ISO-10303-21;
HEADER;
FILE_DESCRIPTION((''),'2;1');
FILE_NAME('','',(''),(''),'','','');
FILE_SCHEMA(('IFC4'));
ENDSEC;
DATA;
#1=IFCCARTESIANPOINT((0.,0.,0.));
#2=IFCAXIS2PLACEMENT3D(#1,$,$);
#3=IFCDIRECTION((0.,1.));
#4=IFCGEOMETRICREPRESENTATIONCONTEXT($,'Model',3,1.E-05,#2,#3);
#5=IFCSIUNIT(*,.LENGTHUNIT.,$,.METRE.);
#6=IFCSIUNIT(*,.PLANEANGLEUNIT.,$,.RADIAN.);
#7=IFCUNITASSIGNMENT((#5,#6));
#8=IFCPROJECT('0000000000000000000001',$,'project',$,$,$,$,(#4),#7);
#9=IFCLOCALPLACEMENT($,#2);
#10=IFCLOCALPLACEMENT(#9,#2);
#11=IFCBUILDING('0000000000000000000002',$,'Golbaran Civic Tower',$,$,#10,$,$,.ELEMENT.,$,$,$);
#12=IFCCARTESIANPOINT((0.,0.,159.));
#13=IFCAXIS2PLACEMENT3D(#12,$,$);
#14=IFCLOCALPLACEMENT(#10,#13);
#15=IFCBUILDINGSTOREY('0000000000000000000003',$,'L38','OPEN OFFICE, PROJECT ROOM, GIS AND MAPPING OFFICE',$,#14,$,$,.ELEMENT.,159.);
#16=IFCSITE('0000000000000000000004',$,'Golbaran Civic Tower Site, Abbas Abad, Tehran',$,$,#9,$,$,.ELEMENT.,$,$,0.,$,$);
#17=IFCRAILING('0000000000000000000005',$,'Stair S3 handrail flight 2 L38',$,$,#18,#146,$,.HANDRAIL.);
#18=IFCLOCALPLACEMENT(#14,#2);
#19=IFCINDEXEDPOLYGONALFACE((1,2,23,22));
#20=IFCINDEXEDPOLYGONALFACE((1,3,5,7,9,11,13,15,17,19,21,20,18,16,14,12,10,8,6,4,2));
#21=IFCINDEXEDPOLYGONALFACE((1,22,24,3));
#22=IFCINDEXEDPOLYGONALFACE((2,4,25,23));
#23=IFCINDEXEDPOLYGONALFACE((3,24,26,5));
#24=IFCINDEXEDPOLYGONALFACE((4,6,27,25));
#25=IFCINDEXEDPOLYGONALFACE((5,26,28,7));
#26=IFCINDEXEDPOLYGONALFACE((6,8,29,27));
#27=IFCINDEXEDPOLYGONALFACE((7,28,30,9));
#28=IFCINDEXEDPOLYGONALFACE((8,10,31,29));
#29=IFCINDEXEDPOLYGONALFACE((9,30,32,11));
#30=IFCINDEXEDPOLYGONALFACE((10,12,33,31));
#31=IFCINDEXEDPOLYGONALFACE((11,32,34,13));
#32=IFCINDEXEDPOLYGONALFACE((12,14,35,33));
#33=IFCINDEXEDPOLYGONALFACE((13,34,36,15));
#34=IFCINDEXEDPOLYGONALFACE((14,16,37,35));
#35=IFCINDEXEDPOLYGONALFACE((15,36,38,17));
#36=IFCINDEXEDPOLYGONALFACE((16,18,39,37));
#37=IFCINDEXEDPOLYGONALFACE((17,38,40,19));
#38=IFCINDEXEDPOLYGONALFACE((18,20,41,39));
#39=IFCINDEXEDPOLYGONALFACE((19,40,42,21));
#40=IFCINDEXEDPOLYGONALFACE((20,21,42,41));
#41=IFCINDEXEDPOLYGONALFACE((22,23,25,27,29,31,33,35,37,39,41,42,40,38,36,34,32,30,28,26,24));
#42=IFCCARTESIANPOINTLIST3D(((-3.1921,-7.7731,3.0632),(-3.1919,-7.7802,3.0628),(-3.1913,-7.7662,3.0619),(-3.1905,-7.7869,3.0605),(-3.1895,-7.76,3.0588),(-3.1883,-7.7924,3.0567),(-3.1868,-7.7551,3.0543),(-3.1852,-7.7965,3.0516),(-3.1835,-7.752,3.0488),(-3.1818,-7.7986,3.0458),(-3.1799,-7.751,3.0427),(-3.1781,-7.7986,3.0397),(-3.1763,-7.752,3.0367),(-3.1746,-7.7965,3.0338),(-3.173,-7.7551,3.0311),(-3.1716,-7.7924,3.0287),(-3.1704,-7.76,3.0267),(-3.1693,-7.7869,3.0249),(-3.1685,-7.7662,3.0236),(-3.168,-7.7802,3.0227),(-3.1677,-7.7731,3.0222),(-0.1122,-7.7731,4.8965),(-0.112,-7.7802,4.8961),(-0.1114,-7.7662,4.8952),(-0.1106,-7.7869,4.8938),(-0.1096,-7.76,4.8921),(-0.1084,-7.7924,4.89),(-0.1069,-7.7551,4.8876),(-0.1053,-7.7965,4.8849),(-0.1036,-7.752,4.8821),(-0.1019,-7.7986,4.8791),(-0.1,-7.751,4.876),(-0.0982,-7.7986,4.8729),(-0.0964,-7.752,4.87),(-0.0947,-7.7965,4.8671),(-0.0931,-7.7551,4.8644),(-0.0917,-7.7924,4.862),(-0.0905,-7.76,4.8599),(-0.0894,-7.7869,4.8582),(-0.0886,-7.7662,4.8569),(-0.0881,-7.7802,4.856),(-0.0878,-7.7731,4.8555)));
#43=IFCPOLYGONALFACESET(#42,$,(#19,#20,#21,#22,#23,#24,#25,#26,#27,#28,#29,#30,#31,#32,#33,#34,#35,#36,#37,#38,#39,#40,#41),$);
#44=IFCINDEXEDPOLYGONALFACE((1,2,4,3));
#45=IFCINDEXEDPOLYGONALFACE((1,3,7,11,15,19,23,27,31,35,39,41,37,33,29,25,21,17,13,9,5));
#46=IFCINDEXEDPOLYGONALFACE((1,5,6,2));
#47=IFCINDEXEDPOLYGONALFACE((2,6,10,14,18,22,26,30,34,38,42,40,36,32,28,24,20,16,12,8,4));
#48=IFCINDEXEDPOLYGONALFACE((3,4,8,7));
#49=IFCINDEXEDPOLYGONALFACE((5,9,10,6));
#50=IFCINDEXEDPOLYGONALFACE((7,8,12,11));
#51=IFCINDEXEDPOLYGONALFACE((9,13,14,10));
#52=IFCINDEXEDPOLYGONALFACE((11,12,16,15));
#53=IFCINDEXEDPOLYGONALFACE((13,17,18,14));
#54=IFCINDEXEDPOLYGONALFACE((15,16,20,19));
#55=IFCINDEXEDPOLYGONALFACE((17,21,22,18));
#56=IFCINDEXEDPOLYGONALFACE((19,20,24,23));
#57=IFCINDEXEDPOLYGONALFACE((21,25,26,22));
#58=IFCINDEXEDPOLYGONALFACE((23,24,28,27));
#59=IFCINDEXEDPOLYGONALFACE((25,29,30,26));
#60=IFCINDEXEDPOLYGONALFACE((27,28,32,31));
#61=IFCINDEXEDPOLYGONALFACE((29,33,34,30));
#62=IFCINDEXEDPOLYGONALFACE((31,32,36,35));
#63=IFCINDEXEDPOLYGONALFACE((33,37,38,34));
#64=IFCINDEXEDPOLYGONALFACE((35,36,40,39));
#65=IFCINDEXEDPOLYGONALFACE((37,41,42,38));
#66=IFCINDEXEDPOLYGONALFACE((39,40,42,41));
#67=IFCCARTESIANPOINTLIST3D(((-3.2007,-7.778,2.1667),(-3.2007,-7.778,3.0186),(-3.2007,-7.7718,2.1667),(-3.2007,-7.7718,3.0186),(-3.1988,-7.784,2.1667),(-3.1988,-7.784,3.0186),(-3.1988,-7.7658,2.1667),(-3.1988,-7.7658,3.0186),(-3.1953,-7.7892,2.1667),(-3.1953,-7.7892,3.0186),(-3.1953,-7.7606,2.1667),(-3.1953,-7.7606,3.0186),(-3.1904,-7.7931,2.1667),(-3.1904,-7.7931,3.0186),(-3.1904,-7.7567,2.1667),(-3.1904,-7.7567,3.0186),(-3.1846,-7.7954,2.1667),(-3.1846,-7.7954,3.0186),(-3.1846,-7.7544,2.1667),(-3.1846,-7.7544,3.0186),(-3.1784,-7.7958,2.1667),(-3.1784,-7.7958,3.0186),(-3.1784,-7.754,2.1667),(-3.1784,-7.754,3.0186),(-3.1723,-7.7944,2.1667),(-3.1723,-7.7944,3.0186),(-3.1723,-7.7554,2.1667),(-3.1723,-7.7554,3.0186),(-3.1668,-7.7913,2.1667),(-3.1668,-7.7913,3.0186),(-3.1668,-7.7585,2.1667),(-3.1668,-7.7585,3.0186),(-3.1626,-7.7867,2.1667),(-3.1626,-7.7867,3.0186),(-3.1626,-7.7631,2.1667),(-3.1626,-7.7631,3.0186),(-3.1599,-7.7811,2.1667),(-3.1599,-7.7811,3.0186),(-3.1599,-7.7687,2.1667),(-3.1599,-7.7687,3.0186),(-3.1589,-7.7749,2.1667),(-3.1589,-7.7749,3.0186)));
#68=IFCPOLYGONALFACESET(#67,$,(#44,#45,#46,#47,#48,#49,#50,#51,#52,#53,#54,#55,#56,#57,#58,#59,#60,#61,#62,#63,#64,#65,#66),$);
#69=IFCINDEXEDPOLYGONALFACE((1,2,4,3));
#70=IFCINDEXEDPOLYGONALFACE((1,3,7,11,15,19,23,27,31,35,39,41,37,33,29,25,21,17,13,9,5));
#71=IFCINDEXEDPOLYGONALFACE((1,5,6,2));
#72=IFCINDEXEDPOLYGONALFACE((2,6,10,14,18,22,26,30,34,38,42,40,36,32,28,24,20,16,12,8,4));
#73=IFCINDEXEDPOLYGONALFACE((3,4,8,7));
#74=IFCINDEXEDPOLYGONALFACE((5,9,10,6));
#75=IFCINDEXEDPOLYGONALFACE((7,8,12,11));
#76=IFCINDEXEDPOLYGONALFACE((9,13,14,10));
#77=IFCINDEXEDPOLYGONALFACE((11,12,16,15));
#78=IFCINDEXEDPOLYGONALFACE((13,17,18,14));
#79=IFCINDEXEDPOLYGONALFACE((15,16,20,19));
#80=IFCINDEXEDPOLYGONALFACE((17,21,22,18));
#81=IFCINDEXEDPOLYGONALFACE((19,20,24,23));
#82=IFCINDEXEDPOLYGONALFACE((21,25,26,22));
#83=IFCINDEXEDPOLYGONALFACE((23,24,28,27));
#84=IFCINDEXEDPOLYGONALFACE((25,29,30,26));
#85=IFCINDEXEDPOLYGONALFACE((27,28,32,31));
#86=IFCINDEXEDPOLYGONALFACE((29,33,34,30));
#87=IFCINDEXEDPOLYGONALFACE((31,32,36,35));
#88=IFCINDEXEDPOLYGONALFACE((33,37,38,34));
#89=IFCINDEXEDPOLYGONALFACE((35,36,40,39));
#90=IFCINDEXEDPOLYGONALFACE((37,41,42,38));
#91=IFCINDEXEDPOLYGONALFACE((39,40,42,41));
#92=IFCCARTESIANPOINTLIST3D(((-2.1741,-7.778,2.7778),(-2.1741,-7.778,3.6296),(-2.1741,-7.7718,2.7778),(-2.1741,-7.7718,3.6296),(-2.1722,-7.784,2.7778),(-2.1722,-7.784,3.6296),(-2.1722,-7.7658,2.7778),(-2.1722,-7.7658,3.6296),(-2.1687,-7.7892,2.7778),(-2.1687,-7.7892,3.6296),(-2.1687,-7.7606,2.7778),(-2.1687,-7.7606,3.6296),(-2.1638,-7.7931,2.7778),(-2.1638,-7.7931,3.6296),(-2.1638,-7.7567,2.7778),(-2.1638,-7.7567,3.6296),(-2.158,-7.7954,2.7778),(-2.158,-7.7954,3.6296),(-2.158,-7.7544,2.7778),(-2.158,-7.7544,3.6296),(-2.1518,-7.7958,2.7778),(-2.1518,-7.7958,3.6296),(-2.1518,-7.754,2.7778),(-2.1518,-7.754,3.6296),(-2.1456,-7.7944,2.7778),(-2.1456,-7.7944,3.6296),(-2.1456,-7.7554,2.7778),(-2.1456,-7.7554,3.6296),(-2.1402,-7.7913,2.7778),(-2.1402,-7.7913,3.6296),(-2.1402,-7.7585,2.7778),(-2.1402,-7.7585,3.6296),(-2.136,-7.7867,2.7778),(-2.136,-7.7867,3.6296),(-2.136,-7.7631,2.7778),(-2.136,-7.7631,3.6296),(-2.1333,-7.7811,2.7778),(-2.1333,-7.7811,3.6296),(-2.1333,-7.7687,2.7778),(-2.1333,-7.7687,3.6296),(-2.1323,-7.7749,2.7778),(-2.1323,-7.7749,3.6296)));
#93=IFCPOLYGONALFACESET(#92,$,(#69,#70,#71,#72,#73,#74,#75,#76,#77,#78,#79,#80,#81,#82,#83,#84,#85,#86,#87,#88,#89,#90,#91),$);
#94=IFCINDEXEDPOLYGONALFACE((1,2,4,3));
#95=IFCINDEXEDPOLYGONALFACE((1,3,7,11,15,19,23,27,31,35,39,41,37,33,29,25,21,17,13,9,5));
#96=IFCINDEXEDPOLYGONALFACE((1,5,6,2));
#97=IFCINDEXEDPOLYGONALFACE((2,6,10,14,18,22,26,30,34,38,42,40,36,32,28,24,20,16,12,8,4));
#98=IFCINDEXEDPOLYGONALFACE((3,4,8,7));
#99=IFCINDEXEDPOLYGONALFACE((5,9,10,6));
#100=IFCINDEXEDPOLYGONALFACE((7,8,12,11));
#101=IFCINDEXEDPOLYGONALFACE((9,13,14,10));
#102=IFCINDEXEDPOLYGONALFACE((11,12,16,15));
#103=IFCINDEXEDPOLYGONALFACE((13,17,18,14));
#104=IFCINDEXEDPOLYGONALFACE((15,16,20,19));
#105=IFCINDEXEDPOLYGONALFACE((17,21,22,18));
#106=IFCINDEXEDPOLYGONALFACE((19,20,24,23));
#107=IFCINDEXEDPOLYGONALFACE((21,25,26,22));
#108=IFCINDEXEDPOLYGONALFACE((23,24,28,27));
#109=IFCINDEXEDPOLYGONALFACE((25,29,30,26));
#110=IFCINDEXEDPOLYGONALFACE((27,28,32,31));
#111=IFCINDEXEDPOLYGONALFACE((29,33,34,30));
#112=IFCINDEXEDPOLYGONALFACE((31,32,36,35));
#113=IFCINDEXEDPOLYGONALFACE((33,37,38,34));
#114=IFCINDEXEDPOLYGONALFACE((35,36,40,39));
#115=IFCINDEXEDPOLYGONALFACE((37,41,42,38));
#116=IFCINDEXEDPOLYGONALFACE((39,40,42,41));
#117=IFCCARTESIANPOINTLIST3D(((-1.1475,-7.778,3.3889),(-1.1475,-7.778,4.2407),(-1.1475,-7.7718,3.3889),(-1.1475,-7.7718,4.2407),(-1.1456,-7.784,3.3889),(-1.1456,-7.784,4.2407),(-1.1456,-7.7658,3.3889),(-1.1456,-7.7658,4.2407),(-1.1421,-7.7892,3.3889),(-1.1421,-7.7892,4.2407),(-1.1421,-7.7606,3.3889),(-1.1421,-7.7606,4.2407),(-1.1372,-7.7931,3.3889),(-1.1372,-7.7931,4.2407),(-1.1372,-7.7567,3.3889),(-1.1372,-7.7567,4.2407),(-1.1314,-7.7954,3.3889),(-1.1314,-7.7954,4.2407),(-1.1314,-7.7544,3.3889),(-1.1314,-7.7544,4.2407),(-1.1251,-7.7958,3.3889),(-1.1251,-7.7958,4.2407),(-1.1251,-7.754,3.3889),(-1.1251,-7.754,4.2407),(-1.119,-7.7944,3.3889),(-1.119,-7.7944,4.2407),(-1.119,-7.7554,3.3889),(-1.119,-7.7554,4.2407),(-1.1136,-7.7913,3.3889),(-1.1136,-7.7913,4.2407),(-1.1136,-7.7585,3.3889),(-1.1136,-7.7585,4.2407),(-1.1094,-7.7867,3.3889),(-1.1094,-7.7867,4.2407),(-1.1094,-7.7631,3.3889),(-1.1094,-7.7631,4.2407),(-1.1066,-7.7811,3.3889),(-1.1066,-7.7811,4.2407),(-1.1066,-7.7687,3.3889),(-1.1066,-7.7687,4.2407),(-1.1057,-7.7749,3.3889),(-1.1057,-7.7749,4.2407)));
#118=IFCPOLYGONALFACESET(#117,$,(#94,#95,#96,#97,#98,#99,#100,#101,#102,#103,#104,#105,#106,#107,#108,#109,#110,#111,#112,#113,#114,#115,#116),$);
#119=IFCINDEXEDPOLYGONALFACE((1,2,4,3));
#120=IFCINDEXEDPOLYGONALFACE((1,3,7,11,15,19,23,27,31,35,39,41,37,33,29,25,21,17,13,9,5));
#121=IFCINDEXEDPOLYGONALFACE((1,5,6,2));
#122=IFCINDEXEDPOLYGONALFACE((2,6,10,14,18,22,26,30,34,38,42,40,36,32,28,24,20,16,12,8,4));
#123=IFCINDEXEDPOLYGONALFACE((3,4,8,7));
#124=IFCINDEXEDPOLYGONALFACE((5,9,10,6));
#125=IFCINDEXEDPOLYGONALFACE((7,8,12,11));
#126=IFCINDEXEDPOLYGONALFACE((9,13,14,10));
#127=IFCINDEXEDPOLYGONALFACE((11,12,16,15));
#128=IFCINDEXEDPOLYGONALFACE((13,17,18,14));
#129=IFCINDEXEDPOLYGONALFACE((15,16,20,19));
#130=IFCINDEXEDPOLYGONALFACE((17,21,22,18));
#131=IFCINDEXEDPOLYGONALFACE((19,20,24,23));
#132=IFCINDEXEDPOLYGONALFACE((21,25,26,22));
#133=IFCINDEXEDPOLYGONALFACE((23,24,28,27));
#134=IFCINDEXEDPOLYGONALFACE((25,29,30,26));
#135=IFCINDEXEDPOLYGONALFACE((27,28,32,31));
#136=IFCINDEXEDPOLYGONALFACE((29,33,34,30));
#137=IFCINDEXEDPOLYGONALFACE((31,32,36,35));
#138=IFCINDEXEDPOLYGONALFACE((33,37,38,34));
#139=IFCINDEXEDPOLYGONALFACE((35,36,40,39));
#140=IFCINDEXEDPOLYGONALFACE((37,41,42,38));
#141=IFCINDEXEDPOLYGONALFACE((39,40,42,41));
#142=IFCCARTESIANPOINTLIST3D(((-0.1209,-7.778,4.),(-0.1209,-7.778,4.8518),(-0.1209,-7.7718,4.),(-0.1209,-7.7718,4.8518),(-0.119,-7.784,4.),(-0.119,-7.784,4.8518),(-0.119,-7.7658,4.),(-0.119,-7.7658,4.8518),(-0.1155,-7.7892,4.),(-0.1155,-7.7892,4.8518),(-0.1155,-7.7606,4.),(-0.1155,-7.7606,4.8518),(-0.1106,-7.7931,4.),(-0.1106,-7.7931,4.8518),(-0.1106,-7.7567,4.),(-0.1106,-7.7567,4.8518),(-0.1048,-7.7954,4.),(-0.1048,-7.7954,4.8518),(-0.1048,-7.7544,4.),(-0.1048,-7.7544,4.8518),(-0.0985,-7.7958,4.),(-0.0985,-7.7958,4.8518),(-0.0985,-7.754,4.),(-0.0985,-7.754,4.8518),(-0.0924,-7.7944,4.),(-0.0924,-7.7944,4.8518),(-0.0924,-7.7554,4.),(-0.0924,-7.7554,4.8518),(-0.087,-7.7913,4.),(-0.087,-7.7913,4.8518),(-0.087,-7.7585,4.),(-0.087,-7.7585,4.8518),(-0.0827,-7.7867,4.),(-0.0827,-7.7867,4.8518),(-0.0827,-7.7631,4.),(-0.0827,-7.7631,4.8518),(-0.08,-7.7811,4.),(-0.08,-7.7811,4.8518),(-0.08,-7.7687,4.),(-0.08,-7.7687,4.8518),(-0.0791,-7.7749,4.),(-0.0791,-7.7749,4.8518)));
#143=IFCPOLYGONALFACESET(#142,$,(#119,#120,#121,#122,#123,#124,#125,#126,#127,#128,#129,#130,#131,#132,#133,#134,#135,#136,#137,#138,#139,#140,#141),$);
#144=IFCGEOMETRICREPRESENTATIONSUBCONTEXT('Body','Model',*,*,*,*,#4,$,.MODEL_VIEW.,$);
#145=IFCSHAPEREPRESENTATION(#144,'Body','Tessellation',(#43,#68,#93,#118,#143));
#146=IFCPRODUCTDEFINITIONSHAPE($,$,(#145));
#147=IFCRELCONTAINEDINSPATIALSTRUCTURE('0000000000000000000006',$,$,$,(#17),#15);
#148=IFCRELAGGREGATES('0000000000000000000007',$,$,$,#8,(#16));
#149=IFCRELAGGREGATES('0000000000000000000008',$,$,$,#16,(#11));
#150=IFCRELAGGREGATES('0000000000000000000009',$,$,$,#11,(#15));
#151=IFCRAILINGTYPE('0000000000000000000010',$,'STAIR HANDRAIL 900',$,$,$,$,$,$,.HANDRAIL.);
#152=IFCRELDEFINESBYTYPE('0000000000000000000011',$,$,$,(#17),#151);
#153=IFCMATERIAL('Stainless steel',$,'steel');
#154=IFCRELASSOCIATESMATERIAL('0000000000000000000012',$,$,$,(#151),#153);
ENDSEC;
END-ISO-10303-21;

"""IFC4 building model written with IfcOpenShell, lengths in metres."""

from ifc_helpers import new_model, si_unit, direction, frame, origin, origin_2d, place, context, subcontext, project, spatial, circle, extrude, material, type_object, element, save


model = new_model("IFC4")

# Units and contexts
model_context = context("Model", 3, precision=1e-05, world=origin(), true_north=direction((0.0, 1.0)))
body_context = subcontext(model_context, "Body", "Model", "MODEL_VIEW")
ifc_project = project(units=[si_unit("LENGTHUNIT", "METRE"), si_unit("PLANEANGLEUNIT", "RADIAN")], contexts=[model_context])

# Site, building, storey
site_placement = place(None, origin())
site = spatial("IfcSite", under=ifc_project, at=site_placement, Name="Golbaran Civic Tower Site, Abbas Abad, Tehran", CompositionType="ELEMENT", RefElevation=0.0)
building_placement = place(site_placement, origin())
building = spatial("IfcBuilding", under=site, at=building_placement, Name="Golbaran Civic Tower", CompositionType="ELEMENT")
storey_placement = place(building_placement, frame((0.0, 0.0, 159.0)))
storey = spatial("IfcBuildingStorey", under=building, at=storey_placement, Name="L38", Description="OPEN OFFICE, PROJECT ROOM, GIS AND MAPPING OFFICE", CompositionType="ELEMENT", Elevation=159.0)

# Shared definitions
ifc_material_1 = material(Name="Stainless steel", Category="steel")

# Railing
railing_type = type_object("IfcRailingType", Name="STAIR HANDRAIL 900", PredefinedType="HANDRAIL", material=ifc_material_1)
railing_placement = place(storey_placement, frame((-3.1799, -7.7749, 2.1667)))
element("IfcRailing", 1, at=railing_placement, inside=storey, type_object=railing_type, Name="Stair S3 handrail flight 2 L38", PredefinedType="HANDRAIL", context=body_context, shape_type="SweptSolid", body=[
    extrude(circle(Radius=0.0239, at=origin_2d()), frame((0.0, 0.0, 0.876), z_axis=(0.859291, 0.0, 0.511487), x_axis=(0.0, 1.0, 0.0)), (0.0, 0.0, 1.0), 3.5842),
    extrude(circle(Radius=0.021, at=origin_2d()), origin(), (0.0, 0.0, 1.0), 0.8518),
    extrude(circle(Radius=0.021, at=origin_2d()), frame((1.0266, 0.0, 0.6111)), (0.0, 0.0, 1.0), 0.8518),
    extrude(circle(Radius=0.021, at=origin_2d()), frame((2.0532, 0.0, 1.2222)), (0.0, 0.0, 1.0), 0.8518),
    extrude(circle(Radius=0.021, at=origin_2d()), frame((3.0798, 0.0, 1.8333)), (0.0, 0.0, 1.0), 0.8518),
])

save(model, "model.ifc")
